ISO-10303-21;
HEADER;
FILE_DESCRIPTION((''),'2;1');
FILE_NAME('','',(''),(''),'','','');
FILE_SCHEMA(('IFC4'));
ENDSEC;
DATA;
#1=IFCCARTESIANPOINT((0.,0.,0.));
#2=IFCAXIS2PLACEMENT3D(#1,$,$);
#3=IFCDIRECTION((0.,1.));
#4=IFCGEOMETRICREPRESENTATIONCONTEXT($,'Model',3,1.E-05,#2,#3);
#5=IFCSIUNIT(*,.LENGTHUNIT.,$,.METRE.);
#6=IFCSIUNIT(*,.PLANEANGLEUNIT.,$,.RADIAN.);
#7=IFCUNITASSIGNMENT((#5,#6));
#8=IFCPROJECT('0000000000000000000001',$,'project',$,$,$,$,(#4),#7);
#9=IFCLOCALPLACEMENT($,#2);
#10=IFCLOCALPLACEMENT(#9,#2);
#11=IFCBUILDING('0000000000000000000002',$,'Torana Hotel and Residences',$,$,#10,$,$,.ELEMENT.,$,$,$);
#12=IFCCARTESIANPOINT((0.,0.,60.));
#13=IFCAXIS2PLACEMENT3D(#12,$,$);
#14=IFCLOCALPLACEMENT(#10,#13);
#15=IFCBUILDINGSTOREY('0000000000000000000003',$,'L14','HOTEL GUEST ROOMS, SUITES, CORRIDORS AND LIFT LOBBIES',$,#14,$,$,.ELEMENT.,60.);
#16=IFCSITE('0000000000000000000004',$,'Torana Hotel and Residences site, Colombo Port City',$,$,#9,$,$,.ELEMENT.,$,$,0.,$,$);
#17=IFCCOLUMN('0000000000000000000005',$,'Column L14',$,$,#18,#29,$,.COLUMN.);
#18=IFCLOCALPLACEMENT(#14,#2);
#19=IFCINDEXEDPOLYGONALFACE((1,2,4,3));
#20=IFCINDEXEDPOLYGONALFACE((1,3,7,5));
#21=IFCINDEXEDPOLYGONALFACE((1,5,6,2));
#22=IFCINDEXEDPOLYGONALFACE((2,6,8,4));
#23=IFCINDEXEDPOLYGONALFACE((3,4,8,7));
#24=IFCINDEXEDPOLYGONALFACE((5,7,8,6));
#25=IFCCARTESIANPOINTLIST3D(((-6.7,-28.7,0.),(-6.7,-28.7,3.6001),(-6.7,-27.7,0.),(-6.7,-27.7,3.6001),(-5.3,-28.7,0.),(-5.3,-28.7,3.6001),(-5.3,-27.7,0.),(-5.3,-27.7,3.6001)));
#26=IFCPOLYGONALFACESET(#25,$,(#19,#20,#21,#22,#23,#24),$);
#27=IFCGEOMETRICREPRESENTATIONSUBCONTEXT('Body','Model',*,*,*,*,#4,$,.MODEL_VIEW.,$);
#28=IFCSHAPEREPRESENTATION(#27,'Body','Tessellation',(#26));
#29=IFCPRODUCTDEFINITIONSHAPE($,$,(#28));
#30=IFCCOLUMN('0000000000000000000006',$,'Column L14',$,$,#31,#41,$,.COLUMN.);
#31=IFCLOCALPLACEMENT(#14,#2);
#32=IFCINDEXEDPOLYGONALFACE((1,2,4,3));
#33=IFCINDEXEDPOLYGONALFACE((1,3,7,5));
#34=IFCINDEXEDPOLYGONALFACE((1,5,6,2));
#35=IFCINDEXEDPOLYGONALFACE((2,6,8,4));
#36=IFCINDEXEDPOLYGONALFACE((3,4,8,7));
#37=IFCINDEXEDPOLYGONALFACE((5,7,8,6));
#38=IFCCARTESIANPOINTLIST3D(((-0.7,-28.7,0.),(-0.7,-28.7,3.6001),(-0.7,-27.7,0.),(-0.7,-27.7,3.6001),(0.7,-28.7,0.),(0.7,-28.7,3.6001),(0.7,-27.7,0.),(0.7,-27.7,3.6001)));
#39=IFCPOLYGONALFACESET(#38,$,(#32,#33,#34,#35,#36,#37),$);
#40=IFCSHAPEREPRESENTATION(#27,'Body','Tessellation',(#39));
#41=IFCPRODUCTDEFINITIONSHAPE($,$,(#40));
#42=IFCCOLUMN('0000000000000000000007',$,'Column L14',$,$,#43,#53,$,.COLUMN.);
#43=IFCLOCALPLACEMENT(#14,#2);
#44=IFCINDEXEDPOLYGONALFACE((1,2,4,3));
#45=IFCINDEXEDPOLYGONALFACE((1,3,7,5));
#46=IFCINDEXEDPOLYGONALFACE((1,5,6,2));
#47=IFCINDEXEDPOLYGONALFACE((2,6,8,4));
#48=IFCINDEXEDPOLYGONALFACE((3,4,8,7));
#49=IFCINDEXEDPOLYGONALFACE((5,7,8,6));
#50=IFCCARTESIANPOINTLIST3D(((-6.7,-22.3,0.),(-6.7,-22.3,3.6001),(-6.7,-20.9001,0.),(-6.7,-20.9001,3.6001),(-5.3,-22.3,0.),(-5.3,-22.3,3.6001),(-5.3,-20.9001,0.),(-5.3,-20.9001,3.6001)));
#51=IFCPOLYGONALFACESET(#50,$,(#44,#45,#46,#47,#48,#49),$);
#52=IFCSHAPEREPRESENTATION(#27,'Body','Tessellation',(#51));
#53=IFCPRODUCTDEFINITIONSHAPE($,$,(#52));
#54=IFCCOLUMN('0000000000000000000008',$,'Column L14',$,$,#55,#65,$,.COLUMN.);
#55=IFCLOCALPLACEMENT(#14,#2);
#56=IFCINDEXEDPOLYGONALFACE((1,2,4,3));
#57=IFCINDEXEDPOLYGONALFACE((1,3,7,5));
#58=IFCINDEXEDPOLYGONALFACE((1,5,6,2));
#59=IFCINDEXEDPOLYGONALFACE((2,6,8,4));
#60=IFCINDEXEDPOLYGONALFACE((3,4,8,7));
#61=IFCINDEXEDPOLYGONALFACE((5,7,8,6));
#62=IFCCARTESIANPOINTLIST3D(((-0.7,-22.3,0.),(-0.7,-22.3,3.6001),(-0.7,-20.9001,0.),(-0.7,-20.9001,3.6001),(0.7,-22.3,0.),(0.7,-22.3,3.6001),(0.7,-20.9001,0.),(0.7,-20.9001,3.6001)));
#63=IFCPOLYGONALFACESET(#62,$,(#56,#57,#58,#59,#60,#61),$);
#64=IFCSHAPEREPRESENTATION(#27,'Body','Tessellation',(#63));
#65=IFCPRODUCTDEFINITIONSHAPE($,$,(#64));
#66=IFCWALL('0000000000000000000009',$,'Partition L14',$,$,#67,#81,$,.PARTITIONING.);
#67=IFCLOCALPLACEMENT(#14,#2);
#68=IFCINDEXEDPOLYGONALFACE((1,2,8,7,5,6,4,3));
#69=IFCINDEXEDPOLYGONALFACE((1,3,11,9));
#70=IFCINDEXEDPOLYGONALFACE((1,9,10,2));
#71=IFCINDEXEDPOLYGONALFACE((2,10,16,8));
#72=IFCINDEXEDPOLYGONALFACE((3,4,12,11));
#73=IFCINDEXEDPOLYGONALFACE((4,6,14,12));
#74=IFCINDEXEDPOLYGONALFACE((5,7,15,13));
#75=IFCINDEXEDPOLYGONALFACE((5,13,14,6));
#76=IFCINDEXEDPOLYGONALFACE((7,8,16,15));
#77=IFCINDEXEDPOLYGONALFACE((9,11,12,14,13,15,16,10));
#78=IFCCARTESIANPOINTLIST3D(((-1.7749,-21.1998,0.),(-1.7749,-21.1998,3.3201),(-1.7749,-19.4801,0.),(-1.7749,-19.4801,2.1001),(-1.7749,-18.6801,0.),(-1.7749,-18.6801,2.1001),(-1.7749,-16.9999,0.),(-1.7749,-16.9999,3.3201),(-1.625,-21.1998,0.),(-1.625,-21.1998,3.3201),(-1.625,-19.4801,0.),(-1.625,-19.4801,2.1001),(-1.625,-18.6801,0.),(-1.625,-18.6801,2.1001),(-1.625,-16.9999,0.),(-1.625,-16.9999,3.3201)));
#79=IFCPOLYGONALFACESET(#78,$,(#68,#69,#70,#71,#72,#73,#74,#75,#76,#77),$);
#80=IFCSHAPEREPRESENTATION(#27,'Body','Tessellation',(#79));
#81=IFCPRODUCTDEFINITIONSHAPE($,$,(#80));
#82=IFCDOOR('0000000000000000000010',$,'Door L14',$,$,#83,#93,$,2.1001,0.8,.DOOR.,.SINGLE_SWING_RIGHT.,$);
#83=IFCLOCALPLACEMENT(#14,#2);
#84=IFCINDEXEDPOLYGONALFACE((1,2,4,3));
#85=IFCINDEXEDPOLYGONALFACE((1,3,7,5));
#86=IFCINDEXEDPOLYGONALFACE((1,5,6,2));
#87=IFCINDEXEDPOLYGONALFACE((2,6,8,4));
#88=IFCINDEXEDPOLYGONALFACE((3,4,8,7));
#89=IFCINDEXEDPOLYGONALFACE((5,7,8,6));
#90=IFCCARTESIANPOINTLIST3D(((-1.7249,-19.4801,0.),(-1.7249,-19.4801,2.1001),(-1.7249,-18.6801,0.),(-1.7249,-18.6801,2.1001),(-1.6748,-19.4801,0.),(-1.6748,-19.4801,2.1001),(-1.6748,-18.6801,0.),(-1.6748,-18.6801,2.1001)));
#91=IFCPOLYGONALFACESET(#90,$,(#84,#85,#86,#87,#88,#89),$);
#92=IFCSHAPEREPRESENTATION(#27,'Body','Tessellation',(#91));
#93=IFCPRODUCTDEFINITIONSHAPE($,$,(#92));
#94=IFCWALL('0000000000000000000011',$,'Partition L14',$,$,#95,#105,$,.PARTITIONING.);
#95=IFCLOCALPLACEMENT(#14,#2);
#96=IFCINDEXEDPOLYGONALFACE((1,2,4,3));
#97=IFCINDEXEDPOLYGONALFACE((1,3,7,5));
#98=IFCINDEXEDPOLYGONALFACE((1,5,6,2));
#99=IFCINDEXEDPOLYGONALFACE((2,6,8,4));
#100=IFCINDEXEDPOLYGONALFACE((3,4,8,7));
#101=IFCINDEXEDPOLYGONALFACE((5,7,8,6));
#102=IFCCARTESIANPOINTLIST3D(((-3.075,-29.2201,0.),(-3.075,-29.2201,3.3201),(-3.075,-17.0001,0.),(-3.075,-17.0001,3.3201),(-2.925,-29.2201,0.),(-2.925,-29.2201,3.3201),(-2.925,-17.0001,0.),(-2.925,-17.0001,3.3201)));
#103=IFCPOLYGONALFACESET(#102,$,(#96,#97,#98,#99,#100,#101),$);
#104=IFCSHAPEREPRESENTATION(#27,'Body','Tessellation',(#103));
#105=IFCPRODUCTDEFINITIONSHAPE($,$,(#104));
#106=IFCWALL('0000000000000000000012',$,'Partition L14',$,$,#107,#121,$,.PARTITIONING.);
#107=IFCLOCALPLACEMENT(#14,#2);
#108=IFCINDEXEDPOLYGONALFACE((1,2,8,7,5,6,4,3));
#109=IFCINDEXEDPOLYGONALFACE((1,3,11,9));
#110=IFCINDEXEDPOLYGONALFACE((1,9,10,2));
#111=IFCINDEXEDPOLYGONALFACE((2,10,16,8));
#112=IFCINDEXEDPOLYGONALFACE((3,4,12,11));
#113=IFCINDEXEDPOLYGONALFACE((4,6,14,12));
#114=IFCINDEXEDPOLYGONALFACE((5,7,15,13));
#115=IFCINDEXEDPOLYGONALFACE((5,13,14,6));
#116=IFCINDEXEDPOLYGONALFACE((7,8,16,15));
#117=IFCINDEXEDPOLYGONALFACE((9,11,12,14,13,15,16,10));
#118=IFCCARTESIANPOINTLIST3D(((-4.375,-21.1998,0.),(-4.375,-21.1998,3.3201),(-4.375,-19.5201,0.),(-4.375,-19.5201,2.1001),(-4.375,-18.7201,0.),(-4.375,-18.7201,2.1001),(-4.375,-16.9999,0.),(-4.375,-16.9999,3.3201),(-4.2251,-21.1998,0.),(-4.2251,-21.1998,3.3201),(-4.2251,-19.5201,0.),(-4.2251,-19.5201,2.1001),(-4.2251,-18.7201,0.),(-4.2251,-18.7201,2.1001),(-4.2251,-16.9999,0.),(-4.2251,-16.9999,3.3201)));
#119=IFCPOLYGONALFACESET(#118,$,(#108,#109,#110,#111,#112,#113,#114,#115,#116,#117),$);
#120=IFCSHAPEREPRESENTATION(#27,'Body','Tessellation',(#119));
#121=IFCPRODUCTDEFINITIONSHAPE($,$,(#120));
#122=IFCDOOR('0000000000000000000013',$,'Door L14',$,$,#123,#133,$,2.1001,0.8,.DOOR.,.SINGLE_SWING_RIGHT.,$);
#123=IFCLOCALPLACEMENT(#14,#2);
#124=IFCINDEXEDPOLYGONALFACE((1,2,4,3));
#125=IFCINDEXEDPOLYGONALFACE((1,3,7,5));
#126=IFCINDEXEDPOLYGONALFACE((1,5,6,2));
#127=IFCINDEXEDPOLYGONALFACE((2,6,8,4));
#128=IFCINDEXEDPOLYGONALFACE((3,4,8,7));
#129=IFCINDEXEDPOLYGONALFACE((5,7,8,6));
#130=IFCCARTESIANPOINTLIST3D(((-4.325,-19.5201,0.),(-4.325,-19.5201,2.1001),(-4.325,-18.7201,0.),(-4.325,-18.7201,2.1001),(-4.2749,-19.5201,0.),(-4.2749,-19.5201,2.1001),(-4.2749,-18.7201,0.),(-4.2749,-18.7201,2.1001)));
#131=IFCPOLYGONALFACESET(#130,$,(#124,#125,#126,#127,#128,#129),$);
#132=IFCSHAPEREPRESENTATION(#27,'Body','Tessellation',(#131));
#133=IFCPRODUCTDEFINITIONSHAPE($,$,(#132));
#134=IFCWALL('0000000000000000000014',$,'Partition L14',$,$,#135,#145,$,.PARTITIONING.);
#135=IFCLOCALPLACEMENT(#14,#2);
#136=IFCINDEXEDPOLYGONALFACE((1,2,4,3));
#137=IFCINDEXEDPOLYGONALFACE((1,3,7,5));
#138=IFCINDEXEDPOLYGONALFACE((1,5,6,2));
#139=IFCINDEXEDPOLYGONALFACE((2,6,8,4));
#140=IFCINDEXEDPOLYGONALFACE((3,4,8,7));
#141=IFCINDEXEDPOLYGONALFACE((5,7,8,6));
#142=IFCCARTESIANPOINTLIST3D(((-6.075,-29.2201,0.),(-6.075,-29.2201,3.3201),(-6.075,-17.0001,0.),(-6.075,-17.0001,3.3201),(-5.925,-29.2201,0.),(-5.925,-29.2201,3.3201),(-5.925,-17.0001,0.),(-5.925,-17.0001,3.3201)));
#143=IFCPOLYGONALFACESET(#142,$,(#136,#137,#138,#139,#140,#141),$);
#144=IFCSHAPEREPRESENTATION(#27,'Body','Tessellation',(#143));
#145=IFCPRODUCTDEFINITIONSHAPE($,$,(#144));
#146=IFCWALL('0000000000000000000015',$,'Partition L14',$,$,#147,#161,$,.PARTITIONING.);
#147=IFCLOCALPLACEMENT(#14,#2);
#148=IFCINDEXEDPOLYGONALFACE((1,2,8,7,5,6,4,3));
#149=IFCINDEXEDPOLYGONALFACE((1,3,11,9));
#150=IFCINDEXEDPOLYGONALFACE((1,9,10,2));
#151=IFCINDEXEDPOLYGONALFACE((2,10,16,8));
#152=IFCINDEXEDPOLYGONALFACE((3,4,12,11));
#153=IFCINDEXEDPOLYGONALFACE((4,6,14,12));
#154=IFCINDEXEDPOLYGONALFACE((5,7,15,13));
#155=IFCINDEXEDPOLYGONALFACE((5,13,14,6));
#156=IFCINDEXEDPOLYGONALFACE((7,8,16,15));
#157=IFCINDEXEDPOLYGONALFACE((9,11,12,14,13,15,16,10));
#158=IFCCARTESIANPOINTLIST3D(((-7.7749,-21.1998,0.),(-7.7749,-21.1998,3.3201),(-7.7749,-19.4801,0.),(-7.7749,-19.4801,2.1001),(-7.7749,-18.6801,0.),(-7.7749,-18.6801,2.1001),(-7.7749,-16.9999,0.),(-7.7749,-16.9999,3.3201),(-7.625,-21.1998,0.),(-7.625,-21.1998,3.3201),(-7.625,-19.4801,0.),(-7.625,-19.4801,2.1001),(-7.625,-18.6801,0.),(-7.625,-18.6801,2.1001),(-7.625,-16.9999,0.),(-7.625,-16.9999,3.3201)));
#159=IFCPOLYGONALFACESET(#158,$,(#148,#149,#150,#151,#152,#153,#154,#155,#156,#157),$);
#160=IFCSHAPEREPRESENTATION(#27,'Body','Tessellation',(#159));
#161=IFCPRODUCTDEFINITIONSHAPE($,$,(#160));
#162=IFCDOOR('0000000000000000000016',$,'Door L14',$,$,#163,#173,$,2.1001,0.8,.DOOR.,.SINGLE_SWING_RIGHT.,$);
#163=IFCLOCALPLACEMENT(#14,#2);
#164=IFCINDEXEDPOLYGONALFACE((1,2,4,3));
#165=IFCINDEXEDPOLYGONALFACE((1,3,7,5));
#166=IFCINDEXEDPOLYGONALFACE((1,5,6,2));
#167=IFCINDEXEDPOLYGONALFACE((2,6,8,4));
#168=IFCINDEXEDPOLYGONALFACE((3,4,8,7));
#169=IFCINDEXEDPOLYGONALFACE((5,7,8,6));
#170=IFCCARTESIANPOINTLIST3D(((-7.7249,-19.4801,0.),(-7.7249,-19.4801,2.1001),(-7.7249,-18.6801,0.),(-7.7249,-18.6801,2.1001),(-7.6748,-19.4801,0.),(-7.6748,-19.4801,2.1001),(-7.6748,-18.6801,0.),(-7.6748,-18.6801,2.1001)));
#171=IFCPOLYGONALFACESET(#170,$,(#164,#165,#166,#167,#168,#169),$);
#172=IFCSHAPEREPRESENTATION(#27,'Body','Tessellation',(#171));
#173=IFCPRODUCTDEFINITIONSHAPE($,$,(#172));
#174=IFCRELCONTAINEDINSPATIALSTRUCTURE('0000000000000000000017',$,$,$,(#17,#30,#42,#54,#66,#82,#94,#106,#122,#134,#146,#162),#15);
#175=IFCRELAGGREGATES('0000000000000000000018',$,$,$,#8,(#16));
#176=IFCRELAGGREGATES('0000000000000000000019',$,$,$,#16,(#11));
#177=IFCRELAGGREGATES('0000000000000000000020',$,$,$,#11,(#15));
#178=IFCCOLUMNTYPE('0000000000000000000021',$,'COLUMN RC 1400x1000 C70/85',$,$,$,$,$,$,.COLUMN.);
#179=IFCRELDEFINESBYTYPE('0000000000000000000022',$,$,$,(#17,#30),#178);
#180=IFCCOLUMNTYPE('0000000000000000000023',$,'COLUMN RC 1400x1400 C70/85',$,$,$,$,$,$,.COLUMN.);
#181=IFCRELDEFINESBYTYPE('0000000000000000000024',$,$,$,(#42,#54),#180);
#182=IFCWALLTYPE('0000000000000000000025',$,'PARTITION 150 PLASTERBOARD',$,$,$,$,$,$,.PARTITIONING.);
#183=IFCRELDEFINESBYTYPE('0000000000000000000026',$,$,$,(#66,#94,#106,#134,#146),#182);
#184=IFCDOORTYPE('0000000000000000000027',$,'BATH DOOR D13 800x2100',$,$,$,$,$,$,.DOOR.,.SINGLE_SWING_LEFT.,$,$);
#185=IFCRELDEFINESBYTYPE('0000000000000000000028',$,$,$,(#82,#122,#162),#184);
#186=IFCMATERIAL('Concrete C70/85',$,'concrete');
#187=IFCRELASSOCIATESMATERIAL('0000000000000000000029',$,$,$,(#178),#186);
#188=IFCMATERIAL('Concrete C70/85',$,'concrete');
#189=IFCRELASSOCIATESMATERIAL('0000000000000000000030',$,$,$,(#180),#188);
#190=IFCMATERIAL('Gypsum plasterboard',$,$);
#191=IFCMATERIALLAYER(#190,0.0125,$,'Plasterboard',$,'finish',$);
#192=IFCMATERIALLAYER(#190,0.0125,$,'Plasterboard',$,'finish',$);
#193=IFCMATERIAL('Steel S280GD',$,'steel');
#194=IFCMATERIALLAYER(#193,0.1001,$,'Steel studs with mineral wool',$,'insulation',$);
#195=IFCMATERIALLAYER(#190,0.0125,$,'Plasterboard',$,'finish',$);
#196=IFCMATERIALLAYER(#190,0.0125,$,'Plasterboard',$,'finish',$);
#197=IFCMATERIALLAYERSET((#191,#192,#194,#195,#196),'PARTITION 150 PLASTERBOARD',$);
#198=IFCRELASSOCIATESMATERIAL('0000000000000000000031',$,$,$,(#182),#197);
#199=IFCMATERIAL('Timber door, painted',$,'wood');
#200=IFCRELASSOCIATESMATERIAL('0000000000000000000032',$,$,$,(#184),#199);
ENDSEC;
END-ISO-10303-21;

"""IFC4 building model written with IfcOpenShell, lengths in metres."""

from ifc_helpers import new_model, si_unit, direction, frame, frame_2d, origin, origin_2d, place, context, subcontext, project, spatial, rectangle, extrude, material, layer, layer_set, material_profile, profile_set, type_object, element, fill, save


model = new_model("IFC4")

# Units and contexts
model_context = context("Model", 3, precision=1e-05, world=origin(), true_north=direction((0.0, 1.0)))
body_context = subcontext(model_context, "Body", "Model", "MODEL_VIEW")
ifc_project = project(units=[si_unit("LENGTHUNIT", "METRE"), si_unit("PLANEANGLEUNIT", "RADIAN")], contexts=[model_context])

# Site, building, storey
site_placement = place(None, origin())
site = spatial("IfcSite", under=ifc_project, at=site_placement, Name="Torana Hotel and Residences site, Colombo Port City", CompositionType="ELEMENT", RefElevation=0.0)
building_placement = place(site_placement, origin())
building = spatial("IfcBuilding", under=site, at=building_placement, Name="Torana Hotel and Residences", CompositionType="ELEMENT")
storey_placement = place(building_placement, frame((0.0, 0.0, 60.0)))
storey = spatial("IfcBuildingStorey", under=building, at=storey_placement, Name="L14", Description="HOTEL GUEST ROOMS, SUITES, CORRIDORS AND LIFT LOBBIES", CompositionType="ELEMENT", Elevation=60.0)

# Columns
ifc_material_1 = material(Name="Concrete C70/85", Category="concrete")
ifc_material_profile_1 = material_profile(ifc_material_1, rectangle(XDim=1.3999, YDim=1.0, at=origin_2d()), Name="RC 1400x1000")
ifc_profile_set_1 = profile_set([ifc_material_profile_1], Name="Concrete C70/85")
column_type_1 = type_object("IfcColumnType", Name="COLUMN RC 1400x1000 C70/85", PredefinedType="COLUMN", material=ifc_profile_set_1)
for number, where, z_axis, x_axis, name in (
    (1, (-6.0, -28.2, 0.0), (0.0, 0.0, 1.0), (1.0, 0.0, 0.0), "Column L14"),
    (2, (0.0, -28.2, 0.0), (0.0, 0.0, 1.0), (1.0, 0.0, 0.0), "Column L14"),
):
    element("IfcColumn", number, at=place(storey_placement, frame(where, z_axis=z_axis, x_axis=x_axis)), inside=storey, type_object=column_type_1, Name=name, PredefinedType="COLUMN", context=body_context, shape_type="SweptSolid", body=[
        extrude(rectangle(XDim=1.3999, YDim=1.0, at=origin_2d()), origin(), (0.0, 0.0, 1.0), 3.6001),
    ])
ifc_material_2 = material(Name="Concrete C70/85", Category="concrete")
ifc_material_profile_2 = material_profile(ifc_material_2, rectangle(XDim=1.3999, YDim=1.3999, at=origin_2d()), Name="RC 1400x1400")
ifc_profile_set_2 = profile_set([ifc_material_profile_2], Name="Concrete C70/85")
column_type_2 = type_object("IfcColumnType", Name="COLUMN RC 1400x1400 C70/85", PredefinedType="COLUMN", material=ifc_profile_set_2)
for number, where, z_axis, x_axis, name in (
    (3, (-6.0, -21.6001, 0.0), (0.0, 0.0, 1.0), (1.0, 0.0, 0.0), "Column L14"),
    (4, (0.0, -21.6001, 0.0), (0.0, 0.0, 1.0), (1.0, 0.0, 0.0), "Column L14"),
):
    element("IfcColumn", number, at=place(storey_placement, frame(where, z_axis=z_axis, x_axis=x_axis)), inside=storey, type_object=column_type_2, Name=name, PredefinedType="COLUMN", context=body_context, shape_type="SweptSolid", body=[
        extrude(rectangle(XDim=1.3999, YDim=1.3999, at=origin_2d()), origin(), (0.0, 0.0, 1.0), 3.6001),
    ])

# Wall, opening, door
ifc_material_3 = material(Name="Gypsum plasterboard")
ifc_layer_1 = layer(ifc_material_3, 0.0125, Name="Plasterboard", Category="finish")
ifc_layer_2 = layer(ifc_material_3, 0.0125, Name="Plasterboard", Category="finish")
ifc_material_4 = material(Name="Steel S280GD", Category="steel")
ifc_layer_3 = layer(ifc_material_4, 0.1001, Name="Steel studs with mineral wool", Category="insulation")
ifc_layer_4 = layer(ifc_material_3, 0.0125, Name="Plasterboard", Category="finish")
ifc_layer_5 = layer(ifc_material_3, 0.0125, Name="Plasterboard", Category="finish")
ifc_layer_set_1 = layer_set([ifc_layer_1, ifc_layer_2, ifc_layer_3, ifc_layer_4, ifc_layer_5], Name="PARTITION 150 PLASTERBOARD")
wall_type_1 = type_object("IfcWallType", Name="PARTITION 150 PLASTERBOARD", PredefinedType="PARTITIONING", material=ifc_layer_set_1)
wall_1_placement = place(storey_placement, frame((-1.7, -21.2, 0.0), z_axis=(0.0, 0.0, 1.0), x_axis=(0.0, 1.0, 0.0)))
wall_1 = element("IfcWall", 5, at=wall_1_placement, inside=storey, type_object=wall_type_1, Name="Partition L14", PredefinedType="PARTITIONING", context=body_context, shape_type="SweptSolid", body=[
    extrude(rectangle(XDim=4.2, YDim=0.1499, at=frame_2d((2.1001, 0.0))), origin(), (0.0, 0.0, 1.0), 3.3201),
])
opening_1_placement = place(wall_1_placement, frame((1.72, 0.0, 0.0)))
opening_1 = element("IfcOpeningElement", 6, at=opening_1_placement, cuts=wall_1, PredefinedType="OPENING", context=body_context, shape_type="SweptSolid", body=[
    extrude(rectangle(XDim=0.8, YDim=2.1001, at=frame_2d((0.3999, 1.05))), frame((0.0, 0.085, 0.0), z_axis=(0.0, -1.0, 0.0), x_axis=(1.0, 0.0, 0.0)), (0.0, 0.0, 1.0), 0.1699),
])
ifc_material_5 = material(Name="Timber door, painted", Category="wood")
door_type = type_object("IfcDoorType", Name="BATH DOOR D13 800x2100", OperationType="SINGLE_SWING_LEFT", PredefinedType="DOOR", material=ifc_material_5)
door_1_placement = place(opening_1_placement, origin())
door_1 = element("IfcDoor", 7, at=door_1_placement, inside=storey, type_object=door_type, Name="Door L14", OperationType="SINGLE_SWING_RIGHT", OverallHeight=2.1001, OverallWidth=0.8, PredefinedType="DOOR", context=body_context, shape_type="SweptSolid", body=[
    extrude(rectangle(XDim=0.8, YDim=2.1001, at=frame_2d((0.3999, 1.05))), frame((0.0, 0.0249, 0.0), z_axis=(0.0, -1.0, 0.0), x_axis=(1.0, 0.0, 0.0)), (0.0, 0.0, 1.0), 0.05),
])
fill(opening_1, door_1)

# Wall
wall_2_placement = place(storey_placement, frame((-3.0, -29.22, 0.0), z_axis=(0.0, 0.0, 1.0), x_axis=(0.0, 1.0, 0.0)))
element("IfcWall", 8, at=wall_2_placement, inside=storey, type_object=wall_type_1, Name="Partition L14", PredefinedType="PARTITIONING", context=body_context, shape_type="SweptSolid", body=[
    extrude(rectangle(XDim=12.22, YDim=0.1499, at=frame_2d((6.1099, 0.0))), origin(), (0.0, 0.0, 1.0), 3.3201),
])

# Wall, opening, door
wall_3_placement = place(storey_placement, frame((-4.3, -21.2, 0.0), z_axis=(0.0, 0.0, 1.0), x_axis=(0.0, 1.0, 0.0)))
wall_3 = element("IfcWall", 9, at=wall_3_placement, inside=storey, type_object=wall_type_1, Name="Partition L14", PredefinedType="PARTITIONING", context=body_context, shape_type="SweptSolid", body=[
    extrude(rectangle(XDim=4.2, YDim=0.1499, at=frame_2d((2.1001, 0.0))), origin(), (0.0, 0.0, 1.0), 3.3201),
])
opening_2_placement = place(wall_3_placement, frame((1.6799, 0.0, 0.0)))
opening_2 = element("IfcOpeningElement", 10, at=opening_2_placement, cuts=wall_3, PredefinedType="OPENING", context=body_context, shape_type="SweptSolid", body=[
    extrude(rectangle(XDim=0.8, YDim=2.1001, at=frame_2d((0.3999, 1.05))), frame((0.0, 0.085, 0.0), z_axis=(0.0, -1.0, 0.0), x_axis=(1.0, 0.0, 0.0)), (0.0, 0.0, 1.0), 0.1699),
])
door_2_placement = place(opening_2_placement, origin())
door_2 = element("IfcDoor", 11, at=door_2_placement, inside=storey, type_object=door_type, Name="Door L14", OperationType="SINGLE_SWING_RIGHT", OverallHeight=2.1001, OverallWidth=0.8, PredefinedType="DOOR", context=body_context, shape_type="SweptSolid", body=[
    extrude(rectangle(XDim=0.8, YDim=2.1001, at=frame_2d((0.3999, 1.05))), frame((0.0, 0.0249, 0.0), z_axis=(0.0, -1.0, 0.0), x_axis=(1.0, 0.0, 0.0)), (0.0, 0.0, 1.0), 0.05),
])
fill(opening_2, door_2)

# Wall
wall_4_placement = place(storey_placement, frame((-6.0, -29.22, 0.0), z_axis=(0.0, 0.0, 1.0), x_axis=(0.0, 1.0, 0.0)))
element("IfcWall", 12, at=wall_4_placement, inside=storey, type_object=wall_type_1, Name="Partition L14", PredefinedType="PARTITIONING", context=body_context, shape_type="SweptSolid", body=[
    extrude(rectangle(XDim=12.22, YDim=0.1499, at=frame_2d((6.1099, 0.0))), origin(), (0.0, 0.0, 1.0), 3.3201),
])

# Wall, opening, door
wall_5_placement = place(storey_placement, frame((-7.7, -21.2, 0.0), z_axis=(0.0, 0.0, 1.0), x_axis=(0.0, 1.0, 0.0)))
wall_5 = element("IfcWall", 13, at=wall_5_placement, inside=storey, type_object=wall_type_1, Name="Partition L14", PredefinedType="PARTITIONING", context=body_context, shape_type="SweptSolid", body=[
    extrude(rectangle(XDim=4.2, YDim=0.1499, at=frame_2d((2.1001, 0.0))), origin(), (0.0, 0.0, 1.0), 3.3201),
])
opening_3_placement = place(wall_5_placement, frame((1.72, 0.0, 0.0)))
opening_3 = element("IfcOpeningElement", 14, at=opening_3_placement, cuts=wall_5, PredefinedType="OPENING", context=body_context, shape_type="SweptSolid", body=[
    extrude(rectangle(XDim=0.8, YDim=2.1001, at=frame_2d((0.3999, 1.05))), frame((0.0, 0.085, 0.0), z_axis=(0.0, -1.0, 0.0), x_axis=(1.0, 0.0, 0.0)), (0.0, 0.0, 1.0), 0.1699),
])
door_3_placement = place(opening_3_placement, origin())
door_3 = element("IfcDoor", 15, at=door_3_placement, inside=storey, type_object=door_type, Name="Door L14", OperationType="SINGLE_SWING_RIGHT", OverallHeight=2.1001, OverallWidth=0.8, PredefinedType="DOOR", context=body_context, shape_type="SweptSolid", body=[
    extrude(rectangle(XDim=0.8, YDim=2.1001, at=frame_2d((0.3999, 1.05))), frame((0.0, 0.0249, 0.0), z_axis=(0.0, -1.0, 0.0), x_axis=(1.0, 0.0, 0.0)), (0.0, 0.0, 1.0), 0.05),
])
fill(opening_3, door_3)

save(model, "model.ifc")
